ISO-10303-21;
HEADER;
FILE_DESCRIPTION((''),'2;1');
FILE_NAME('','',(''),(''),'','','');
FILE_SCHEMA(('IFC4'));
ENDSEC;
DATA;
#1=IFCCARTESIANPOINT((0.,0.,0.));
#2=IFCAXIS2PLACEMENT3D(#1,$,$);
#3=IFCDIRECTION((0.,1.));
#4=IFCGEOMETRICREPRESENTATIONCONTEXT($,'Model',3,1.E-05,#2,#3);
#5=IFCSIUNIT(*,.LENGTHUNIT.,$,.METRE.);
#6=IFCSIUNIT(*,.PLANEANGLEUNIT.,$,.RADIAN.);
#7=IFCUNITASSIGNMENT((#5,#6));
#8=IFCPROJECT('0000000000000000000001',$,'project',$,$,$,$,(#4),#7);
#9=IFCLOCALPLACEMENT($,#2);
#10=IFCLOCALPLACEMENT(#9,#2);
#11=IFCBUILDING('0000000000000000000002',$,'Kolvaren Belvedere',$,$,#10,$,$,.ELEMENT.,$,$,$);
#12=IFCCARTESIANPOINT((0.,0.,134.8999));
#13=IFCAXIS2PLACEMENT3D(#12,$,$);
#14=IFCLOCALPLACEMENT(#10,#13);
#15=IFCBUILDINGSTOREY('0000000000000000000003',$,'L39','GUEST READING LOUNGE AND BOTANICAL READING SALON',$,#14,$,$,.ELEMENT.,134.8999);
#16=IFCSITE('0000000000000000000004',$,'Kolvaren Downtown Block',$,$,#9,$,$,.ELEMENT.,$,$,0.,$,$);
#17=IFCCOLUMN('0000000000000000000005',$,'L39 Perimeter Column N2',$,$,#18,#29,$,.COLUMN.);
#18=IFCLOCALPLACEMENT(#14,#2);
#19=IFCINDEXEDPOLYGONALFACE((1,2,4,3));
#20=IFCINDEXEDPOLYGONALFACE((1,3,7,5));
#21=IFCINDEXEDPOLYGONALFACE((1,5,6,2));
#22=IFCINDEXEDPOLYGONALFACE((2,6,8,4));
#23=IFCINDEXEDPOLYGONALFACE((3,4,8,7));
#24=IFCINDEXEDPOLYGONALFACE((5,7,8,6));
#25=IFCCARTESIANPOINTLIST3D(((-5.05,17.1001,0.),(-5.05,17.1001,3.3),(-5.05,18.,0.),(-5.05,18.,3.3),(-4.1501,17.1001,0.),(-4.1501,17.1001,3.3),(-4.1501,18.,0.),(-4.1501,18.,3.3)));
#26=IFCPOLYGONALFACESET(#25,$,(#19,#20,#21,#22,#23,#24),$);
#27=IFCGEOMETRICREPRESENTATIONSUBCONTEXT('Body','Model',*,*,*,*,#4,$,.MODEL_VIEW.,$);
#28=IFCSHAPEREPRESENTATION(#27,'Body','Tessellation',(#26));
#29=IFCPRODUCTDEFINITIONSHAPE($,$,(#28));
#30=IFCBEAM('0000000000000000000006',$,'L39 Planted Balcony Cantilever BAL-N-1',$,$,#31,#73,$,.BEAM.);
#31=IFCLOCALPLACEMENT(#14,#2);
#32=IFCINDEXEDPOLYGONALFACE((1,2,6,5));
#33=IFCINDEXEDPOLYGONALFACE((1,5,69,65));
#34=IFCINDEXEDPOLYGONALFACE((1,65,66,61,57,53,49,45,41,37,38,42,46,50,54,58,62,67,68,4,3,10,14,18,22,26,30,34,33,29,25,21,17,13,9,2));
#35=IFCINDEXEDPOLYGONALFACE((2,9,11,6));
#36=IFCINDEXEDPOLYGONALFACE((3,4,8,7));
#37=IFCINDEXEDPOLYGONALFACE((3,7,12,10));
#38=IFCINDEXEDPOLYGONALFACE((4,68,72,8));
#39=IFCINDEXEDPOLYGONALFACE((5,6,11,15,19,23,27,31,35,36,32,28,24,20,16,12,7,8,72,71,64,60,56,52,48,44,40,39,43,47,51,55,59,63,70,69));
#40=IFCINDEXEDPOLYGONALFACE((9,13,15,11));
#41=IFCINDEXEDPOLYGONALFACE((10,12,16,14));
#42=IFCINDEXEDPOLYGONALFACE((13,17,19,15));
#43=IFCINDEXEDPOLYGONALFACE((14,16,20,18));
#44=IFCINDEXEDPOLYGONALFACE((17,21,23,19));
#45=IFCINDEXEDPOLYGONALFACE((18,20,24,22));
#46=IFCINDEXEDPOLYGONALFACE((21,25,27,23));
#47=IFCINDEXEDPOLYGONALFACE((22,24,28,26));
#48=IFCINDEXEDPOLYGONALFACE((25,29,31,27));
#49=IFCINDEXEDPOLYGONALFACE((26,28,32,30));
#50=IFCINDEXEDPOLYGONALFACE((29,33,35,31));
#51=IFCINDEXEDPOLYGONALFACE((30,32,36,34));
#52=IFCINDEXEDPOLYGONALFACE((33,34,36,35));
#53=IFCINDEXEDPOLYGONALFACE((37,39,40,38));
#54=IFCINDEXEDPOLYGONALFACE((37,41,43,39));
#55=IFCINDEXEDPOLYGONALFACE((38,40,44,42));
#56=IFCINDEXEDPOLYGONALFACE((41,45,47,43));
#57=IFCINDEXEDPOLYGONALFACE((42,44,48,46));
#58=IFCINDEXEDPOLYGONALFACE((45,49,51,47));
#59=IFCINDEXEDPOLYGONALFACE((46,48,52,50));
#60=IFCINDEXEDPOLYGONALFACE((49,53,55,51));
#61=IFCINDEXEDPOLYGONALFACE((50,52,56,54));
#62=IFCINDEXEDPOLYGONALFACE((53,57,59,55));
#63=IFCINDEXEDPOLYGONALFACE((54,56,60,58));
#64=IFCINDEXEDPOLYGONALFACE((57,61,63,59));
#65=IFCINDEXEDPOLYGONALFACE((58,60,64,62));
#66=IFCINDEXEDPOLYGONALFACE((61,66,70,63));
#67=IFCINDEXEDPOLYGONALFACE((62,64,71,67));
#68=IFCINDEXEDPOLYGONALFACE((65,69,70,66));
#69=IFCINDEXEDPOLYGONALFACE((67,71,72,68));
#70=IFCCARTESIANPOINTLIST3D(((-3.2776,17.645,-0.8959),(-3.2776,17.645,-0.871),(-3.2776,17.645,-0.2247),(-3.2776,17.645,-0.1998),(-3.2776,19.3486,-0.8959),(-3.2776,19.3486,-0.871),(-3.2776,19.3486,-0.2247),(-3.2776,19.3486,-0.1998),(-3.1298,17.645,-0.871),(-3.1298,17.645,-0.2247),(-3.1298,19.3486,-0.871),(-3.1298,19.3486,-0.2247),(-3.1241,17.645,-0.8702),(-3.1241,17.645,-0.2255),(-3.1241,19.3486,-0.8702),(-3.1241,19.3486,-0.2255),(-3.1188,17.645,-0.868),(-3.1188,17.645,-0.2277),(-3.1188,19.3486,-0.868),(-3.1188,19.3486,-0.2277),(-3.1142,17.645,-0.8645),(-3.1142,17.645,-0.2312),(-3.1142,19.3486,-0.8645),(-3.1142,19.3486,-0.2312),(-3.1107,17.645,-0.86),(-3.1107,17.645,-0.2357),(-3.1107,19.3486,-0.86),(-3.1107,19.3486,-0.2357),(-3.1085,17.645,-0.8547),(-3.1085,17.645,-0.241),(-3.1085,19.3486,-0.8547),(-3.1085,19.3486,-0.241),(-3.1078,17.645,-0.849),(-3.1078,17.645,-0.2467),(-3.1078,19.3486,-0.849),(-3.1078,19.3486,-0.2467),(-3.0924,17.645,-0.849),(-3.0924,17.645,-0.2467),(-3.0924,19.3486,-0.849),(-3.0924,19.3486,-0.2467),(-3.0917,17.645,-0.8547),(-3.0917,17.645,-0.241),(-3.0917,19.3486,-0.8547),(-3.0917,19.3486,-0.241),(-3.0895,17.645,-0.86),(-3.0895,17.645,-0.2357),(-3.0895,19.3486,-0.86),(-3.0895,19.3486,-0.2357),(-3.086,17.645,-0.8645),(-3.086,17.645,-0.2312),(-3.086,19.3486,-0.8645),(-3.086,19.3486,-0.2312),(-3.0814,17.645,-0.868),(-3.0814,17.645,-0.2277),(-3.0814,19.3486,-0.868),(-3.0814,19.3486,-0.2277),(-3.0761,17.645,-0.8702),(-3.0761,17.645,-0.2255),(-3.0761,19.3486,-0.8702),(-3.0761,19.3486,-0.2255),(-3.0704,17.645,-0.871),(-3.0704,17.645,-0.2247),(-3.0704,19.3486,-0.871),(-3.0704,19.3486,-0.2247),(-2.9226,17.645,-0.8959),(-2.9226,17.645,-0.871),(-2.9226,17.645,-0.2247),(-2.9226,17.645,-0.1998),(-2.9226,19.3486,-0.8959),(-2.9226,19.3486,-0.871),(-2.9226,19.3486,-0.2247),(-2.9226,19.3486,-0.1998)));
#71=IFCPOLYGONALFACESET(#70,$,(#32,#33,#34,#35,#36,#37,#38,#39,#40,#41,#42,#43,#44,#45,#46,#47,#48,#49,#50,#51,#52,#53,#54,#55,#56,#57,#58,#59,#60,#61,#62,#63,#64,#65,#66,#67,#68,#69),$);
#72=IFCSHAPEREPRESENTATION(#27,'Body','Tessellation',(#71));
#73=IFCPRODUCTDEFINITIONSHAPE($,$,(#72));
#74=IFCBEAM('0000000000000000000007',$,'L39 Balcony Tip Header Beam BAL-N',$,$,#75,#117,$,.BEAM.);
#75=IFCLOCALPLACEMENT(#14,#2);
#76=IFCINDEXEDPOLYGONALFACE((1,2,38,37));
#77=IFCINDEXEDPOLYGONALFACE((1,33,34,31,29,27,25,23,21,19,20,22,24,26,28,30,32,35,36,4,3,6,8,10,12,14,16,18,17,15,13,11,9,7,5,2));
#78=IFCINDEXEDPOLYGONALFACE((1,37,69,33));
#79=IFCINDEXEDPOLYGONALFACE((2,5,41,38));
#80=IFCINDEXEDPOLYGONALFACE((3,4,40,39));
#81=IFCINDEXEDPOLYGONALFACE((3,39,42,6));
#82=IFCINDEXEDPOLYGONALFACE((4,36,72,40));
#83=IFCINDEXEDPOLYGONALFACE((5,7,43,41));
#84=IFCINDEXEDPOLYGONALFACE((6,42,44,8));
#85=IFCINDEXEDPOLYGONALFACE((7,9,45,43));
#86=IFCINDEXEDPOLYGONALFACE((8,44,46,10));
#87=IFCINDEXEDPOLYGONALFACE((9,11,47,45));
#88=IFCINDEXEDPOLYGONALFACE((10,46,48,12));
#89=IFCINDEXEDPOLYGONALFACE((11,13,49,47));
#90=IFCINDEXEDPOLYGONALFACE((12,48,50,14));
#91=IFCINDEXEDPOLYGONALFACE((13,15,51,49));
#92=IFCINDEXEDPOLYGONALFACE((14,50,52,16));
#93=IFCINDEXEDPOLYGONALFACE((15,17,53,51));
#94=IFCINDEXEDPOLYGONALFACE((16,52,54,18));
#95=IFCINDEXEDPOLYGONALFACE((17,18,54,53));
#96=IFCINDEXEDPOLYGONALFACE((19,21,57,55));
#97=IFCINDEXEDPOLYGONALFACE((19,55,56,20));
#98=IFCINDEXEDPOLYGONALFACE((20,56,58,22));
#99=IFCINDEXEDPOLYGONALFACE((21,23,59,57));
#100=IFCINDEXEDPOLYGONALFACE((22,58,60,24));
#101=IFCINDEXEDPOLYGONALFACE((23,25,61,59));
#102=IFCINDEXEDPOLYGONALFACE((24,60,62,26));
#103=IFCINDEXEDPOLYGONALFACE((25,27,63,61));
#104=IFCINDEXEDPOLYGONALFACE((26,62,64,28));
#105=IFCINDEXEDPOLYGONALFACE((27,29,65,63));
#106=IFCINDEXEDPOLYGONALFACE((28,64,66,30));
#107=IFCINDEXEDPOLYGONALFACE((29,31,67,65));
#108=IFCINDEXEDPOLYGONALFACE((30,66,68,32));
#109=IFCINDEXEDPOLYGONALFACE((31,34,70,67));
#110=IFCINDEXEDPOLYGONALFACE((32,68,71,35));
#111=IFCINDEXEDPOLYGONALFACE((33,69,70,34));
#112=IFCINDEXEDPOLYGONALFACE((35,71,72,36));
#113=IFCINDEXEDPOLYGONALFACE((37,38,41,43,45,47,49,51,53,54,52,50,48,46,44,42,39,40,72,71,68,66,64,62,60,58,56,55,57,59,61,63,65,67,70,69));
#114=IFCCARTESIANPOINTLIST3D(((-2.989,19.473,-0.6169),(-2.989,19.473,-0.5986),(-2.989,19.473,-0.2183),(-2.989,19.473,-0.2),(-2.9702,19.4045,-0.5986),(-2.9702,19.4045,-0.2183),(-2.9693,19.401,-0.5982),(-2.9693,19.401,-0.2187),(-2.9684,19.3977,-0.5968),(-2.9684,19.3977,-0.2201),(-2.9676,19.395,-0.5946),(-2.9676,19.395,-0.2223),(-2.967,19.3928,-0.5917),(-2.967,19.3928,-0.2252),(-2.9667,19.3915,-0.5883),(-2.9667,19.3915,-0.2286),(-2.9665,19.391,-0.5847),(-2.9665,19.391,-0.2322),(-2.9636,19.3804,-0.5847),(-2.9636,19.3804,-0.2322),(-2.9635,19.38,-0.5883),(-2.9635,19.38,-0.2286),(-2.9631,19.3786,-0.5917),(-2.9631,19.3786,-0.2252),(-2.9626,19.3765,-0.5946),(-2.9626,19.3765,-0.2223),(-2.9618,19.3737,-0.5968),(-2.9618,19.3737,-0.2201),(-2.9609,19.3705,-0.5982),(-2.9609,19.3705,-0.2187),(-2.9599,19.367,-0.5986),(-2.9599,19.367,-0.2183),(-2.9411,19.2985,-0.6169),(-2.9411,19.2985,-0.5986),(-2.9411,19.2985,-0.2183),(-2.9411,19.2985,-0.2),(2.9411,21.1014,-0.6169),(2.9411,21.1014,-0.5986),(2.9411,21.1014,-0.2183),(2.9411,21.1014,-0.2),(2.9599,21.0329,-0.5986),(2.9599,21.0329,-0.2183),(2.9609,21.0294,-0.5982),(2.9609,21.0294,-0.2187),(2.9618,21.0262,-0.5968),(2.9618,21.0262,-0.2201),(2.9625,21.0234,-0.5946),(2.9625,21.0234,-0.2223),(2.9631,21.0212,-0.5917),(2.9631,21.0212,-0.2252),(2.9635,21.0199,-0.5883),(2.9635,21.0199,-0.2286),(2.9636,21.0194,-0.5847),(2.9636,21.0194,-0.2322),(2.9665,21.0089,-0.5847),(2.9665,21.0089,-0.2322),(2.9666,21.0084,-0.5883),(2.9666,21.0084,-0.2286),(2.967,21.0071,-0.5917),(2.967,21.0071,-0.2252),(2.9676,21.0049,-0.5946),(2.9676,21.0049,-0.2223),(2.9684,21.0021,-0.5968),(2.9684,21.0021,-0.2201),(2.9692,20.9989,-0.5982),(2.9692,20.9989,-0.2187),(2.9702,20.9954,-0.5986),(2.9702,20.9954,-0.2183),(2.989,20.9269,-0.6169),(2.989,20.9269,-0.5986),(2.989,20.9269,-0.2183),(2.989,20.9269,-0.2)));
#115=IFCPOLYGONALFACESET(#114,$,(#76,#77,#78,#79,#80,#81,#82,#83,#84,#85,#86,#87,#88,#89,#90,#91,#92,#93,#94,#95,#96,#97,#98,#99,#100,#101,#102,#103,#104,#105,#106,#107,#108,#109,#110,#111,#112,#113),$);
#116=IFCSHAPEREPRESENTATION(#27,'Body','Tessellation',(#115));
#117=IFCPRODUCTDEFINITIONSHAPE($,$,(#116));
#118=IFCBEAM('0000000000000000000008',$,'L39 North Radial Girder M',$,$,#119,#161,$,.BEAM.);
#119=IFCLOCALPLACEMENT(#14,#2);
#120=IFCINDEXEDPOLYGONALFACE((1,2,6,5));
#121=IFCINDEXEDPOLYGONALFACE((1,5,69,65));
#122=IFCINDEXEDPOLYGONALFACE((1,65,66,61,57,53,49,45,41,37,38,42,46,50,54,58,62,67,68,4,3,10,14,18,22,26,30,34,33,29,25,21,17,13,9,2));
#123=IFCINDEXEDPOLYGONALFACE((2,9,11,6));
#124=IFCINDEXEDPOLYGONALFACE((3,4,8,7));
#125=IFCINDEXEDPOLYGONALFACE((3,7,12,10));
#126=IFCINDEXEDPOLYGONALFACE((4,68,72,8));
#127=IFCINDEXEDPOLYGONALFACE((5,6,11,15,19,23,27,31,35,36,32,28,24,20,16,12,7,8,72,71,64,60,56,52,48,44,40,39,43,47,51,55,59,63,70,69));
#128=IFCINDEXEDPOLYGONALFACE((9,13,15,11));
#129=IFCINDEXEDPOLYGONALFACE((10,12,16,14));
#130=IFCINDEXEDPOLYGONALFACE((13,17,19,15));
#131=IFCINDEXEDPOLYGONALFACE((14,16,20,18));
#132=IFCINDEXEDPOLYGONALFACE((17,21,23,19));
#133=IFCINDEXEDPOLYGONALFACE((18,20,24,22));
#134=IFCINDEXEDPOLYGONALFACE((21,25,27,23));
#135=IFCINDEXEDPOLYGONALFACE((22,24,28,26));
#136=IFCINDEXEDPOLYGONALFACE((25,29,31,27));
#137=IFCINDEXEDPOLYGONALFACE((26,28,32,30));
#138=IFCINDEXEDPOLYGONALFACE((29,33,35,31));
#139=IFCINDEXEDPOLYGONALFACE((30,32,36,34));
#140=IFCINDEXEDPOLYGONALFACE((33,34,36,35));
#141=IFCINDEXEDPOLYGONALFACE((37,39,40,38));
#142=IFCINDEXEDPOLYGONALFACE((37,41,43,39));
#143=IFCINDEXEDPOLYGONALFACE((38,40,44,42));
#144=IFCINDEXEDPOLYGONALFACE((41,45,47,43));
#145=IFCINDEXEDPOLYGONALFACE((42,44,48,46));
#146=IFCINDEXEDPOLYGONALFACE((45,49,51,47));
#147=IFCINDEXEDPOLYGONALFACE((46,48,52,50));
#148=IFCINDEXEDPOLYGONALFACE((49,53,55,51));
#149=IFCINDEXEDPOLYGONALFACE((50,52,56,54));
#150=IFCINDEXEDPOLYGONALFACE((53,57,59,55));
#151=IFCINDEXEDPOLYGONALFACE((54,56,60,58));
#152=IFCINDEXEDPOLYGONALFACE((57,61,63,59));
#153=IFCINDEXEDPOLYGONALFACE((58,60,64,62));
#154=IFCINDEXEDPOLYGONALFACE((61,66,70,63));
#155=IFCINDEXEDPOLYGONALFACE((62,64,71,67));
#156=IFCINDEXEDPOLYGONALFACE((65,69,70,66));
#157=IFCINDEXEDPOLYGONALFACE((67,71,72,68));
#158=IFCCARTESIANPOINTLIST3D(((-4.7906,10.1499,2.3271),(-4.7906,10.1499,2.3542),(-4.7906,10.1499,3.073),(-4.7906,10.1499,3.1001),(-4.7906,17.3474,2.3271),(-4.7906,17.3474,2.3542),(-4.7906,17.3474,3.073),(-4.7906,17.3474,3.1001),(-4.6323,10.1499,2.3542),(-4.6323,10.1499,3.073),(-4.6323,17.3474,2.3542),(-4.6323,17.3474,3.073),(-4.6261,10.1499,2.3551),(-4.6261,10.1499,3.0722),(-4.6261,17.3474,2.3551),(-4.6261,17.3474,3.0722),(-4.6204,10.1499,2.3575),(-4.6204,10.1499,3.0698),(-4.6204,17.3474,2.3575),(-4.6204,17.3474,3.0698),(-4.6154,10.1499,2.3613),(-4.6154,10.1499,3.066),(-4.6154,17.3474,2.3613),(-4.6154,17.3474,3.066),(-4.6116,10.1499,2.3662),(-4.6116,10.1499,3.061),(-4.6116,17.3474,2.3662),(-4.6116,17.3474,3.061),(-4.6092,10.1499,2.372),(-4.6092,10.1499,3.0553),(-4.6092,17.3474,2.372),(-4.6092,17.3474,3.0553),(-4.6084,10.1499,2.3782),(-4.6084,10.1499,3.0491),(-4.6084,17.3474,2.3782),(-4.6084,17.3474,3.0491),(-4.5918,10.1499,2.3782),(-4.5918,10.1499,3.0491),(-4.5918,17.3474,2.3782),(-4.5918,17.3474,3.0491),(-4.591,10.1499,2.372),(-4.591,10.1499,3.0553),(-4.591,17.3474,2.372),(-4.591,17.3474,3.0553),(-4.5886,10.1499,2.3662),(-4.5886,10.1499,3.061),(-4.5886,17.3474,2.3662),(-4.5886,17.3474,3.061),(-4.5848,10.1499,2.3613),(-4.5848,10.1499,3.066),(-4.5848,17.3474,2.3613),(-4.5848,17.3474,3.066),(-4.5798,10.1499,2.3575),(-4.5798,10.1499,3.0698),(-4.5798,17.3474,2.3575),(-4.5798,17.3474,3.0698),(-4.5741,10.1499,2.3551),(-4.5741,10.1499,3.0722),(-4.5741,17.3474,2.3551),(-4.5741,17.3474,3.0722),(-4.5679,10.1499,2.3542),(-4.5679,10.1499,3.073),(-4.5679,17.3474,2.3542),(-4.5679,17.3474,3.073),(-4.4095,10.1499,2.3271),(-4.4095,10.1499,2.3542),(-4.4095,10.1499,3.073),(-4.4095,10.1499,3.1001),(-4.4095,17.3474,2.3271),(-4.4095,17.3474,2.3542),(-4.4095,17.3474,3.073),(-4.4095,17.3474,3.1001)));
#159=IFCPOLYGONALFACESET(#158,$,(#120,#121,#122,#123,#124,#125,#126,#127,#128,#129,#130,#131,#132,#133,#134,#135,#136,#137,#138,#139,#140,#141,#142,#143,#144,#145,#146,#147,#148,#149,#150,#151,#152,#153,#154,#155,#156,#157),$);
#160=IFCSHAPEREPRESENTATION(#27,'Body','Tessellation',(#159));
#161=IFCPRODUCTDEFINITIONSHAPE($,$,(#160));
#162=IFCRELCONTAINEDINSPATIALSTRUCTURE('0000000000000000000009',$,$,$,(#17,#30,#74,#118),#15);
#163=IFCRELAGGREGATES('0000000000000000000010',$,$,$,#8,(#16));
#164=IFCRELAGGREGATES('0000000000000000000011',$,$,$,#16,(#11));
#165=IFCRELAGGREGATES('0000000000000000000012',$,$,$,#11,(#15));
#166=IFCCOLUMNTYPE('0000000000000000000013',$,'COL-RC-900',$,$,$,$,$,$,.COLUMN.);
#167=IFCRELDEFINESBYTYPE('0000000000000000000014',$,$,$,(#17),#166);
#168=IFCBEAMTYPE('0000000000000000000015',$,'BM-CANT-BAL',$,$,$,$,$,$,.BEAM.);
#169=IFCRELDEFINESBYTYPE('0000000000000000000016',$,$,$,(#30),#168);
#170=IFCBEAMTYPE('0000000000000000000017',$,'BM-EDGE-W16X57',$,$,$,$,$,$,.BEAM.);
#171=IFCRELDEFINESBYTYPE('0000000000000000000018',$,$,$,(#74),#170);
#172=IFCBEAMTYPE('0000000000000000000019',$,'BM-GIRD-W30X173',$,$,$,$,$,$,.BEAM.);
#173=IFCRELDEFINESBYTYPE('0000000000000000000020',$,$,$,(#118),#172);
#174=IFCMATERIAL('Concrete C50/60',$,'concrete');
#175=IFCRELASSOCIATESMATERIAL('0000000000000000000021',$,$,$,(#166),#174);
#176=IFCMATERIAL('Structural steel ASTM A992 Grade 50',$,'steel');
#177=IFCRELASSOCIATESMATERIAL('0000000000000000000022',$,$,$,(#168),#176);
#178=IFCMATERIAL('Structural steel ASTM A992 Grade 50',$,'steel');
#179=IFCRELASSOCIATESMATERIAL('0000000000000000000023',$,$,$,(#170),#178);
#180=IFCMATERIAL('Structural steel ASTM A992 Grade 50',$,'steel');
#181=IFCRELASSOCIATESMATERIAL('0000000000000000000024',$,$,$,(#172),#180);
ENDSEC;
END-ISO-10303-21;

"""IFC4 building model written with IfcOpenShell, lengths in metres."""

from ifc_helpers import new_model, si_unit, direction, frame, origin, origin_2d, place, context, subcontext, project, spatial, rectangle, i_section, extrude, material, material_profile, profile_set, type_object, element, save


model = new_model("IFC4")

# Units and contexts
model_context = context("Model", 3, precision=1e-05, world=origin(), true_north=direction((0.0, 1.0)))
body_context = subcontext(model_context, "Body", "Model", "MODEL_VIEW")
ifc_project = project(units=[si_unit("LENGTHUNIT", "METRE"), si_unit("PLANEANGLEUNIT", "RADIAN")], contexts=[model_context])

# Site, building, storey
site_placement = place(None, origin())
site = spatial("IfcSite", under=ifc_project, at=site_placement, Name="Kolvaren Downtown Block", CompositionType="ELEMENT", RefElevation=0.0)
building_placement = place(site_placement, origin())
building = spatial("IfcBuilding", under=site, at=building_placement, Name="Kolvaren Belvedere", CompositionType="ELEMENT")
storey_placement = place(building_placement, frame((0.0, 0.0, 134.8999)))
storey = spatial("IfcBuildingStorey", under=building, at=storey_placement, Name="L39", Description="GUEST READING LOUNGE AND BOTANICAL READING SALON", CompositionType="ELEMENT", Elevation=134.8999)

# Column
ifc_material_1 = material(Name="Concrete C50/60", Category="concrete")
ifc_material_profile_1 = material_profile(ifc_material_1, rectangle(XDim=0.8999, YDim=0.8999, at=origin_2d()), Name="RC 900X900")
ifc_profile_set_1 = profile_set([ifc_material_profile_1], Name="Concrete C50/60")
column_type = type_object("IfcColumnType", Name="COL-RC-900", PredefinedType="COLUMN", material=ifc_profile_set_1)
column_placement = place(storey_placement, frame((-4.6001, 17.55, 0.0), z_axis=(0.0, 0.0, 1.0), x_axis=(1.0, 0.0, 0.0)))
element("IfcColumn", 1, at=column_placement, inside=storey, type_object=column_type, Name="L39 Perimeter Column N2", PredefinedType="COLUMN", context=body_context, shape_type="SweptSolid", body=[
    extrude(rectangle(XDim=0.8999, YDim=0.8999, at=origin_2d()), origin(), (0.0, 0.0, 1.0), 3.3),
])

# Beams
ifc_material_2 = material(Name="Structural steel ASTM A992 Grade 50", Category="steel")
ifc_material_profile_2 = material_profile(ifc_material_2, i_section(OverallWidth=0.355, OverallDepth=0.696, WebThickness=0.0154, FlangeThickness=0.0249, FilletRadius=0.022, at=origin_2d()), Name="W27X146")
ifc_profile_set_2 = profile_set([ifc_material_profile_2], Name="Structural steel ASTM A992 Grade 50")
beam_type_1 = type_object("IfcBeamType", Name="BM-CANT-BAL", PredefinedType="BEAM", material=ifc_profile_set_2)
beam_1_placement = place(storey_placement, frame((-3.1001, 17.645, -0.5479), z_axis=(0.0, 1.0, 0.0), x_axis=(-1.0, 0.0, 0.0)))
element("IfcBeam", 2, at=beam_1_placement, inside=storey, type_object=beam_type_1, Name="L39 Planted Balcony Cantilever BAL-N-1", PredefinedType="BEAM", context=body_context, shape_type="SweptSolid", body=[
    extrude(i_section(OverallWidth=0.355, OverallDepth=0.696, WebThickness=0.0154, FlangeThickness=0.0249, FilletRadius=0.022, at=origin_2d()), origin(), (0.0, 0.0, 1.0), 1.7036),
])
ifc_material_3 = material(Name="Structural steel ASTM A992 Grade 50", Category="steel")
ifc_material_profile_3 = material_profile(ifc_material_3, i_section(OverallWidth=0.1809, OverallDepth=0.417, WebThickness=0.011, FlangeThickness=0.0183, FilletRadius=0.0139, at=origin_2d()), Name="W16X57")
ifc_profile_set_3 = profile_set([ifc_material_profile_3], Name="Structural steel ASTM A992 Grade 50")
beam_type_2 = type_object("IfcBeamType", Name="BM-EDGE-W16X57", PredefinedType="BEAM", material=ifc_profile_set_3)
beam_2_placement = place(storey_placement, frame((-2.9651, 19.3857, -0.4084), z_axis=(0.964304, 0.264797, 0.0), x_axis=(-0.264797, 0.964304, 0.0)))
element("IfcBeam", 3, at=beam_2_placement, inside=storey, type_object=beam_type_2, Name="L39 Balcony Tip Header Beam BAL-N", PredefinedType="BEAM", context=body_context, shape_type="SweptSolid", body=[
    extrude(i_section(OverallWidth=0.1809, OverallDepth=0.417, WebThickness=0.011, FlangeThickness=0.0183, FilletRadius=0.0139, at=origin_2d()), origin(), (0.0, 0.0, 1.0), 6.1497),
])
ifc_material_4 = material(Name="Structural steel ASTM A992 Grade 50", Category="steel")
ifc_material_profile_4 = material_profile(ifc_material_4, i_section(OverallWidth=0.3811, OverallDepth=0.7729, WebThickness=0.0166, FlangeThickness=0.0271, FilletRadius=0.0239, at=origin_2d()), Name="W30X173")
ifc_profile_set_4 = profile_set([ifc_material_profile_4], Name="Structural steel ASTM A992 Grade 50")
beam_type_3 = type_object("IfcBeamType", Name="BM-GIRD-W30X173", PredefinedType="BEAM", material=ifc_profile_set_4)
beam_3_placement = place(storey_placement, frame((-4.6001, 10.1499, 2.7136), z_axis=(0.0, 1.0, 0.0), x_axis=(-1.0, 0.0, 0.0)))
element("IfcBeam", 4, at=beam_3_placement, inside=storey, type_object=beam_type_3, Name="L39 North Radial Girder M", PredefinedType="BEAM", context=body_context, shape_type="SweptSolid", body=[
    extrude(i_section(OverallWidth=0.3811, OverallDepth=0.7729, WebThickness=0.0166, FlangeThickness=0.0271, FilletRadius=0.0239, at=origin_2d()), origin(), (0.0, 0.0, 1.0), 7.1975),
])

save(model, "model.ifc")
